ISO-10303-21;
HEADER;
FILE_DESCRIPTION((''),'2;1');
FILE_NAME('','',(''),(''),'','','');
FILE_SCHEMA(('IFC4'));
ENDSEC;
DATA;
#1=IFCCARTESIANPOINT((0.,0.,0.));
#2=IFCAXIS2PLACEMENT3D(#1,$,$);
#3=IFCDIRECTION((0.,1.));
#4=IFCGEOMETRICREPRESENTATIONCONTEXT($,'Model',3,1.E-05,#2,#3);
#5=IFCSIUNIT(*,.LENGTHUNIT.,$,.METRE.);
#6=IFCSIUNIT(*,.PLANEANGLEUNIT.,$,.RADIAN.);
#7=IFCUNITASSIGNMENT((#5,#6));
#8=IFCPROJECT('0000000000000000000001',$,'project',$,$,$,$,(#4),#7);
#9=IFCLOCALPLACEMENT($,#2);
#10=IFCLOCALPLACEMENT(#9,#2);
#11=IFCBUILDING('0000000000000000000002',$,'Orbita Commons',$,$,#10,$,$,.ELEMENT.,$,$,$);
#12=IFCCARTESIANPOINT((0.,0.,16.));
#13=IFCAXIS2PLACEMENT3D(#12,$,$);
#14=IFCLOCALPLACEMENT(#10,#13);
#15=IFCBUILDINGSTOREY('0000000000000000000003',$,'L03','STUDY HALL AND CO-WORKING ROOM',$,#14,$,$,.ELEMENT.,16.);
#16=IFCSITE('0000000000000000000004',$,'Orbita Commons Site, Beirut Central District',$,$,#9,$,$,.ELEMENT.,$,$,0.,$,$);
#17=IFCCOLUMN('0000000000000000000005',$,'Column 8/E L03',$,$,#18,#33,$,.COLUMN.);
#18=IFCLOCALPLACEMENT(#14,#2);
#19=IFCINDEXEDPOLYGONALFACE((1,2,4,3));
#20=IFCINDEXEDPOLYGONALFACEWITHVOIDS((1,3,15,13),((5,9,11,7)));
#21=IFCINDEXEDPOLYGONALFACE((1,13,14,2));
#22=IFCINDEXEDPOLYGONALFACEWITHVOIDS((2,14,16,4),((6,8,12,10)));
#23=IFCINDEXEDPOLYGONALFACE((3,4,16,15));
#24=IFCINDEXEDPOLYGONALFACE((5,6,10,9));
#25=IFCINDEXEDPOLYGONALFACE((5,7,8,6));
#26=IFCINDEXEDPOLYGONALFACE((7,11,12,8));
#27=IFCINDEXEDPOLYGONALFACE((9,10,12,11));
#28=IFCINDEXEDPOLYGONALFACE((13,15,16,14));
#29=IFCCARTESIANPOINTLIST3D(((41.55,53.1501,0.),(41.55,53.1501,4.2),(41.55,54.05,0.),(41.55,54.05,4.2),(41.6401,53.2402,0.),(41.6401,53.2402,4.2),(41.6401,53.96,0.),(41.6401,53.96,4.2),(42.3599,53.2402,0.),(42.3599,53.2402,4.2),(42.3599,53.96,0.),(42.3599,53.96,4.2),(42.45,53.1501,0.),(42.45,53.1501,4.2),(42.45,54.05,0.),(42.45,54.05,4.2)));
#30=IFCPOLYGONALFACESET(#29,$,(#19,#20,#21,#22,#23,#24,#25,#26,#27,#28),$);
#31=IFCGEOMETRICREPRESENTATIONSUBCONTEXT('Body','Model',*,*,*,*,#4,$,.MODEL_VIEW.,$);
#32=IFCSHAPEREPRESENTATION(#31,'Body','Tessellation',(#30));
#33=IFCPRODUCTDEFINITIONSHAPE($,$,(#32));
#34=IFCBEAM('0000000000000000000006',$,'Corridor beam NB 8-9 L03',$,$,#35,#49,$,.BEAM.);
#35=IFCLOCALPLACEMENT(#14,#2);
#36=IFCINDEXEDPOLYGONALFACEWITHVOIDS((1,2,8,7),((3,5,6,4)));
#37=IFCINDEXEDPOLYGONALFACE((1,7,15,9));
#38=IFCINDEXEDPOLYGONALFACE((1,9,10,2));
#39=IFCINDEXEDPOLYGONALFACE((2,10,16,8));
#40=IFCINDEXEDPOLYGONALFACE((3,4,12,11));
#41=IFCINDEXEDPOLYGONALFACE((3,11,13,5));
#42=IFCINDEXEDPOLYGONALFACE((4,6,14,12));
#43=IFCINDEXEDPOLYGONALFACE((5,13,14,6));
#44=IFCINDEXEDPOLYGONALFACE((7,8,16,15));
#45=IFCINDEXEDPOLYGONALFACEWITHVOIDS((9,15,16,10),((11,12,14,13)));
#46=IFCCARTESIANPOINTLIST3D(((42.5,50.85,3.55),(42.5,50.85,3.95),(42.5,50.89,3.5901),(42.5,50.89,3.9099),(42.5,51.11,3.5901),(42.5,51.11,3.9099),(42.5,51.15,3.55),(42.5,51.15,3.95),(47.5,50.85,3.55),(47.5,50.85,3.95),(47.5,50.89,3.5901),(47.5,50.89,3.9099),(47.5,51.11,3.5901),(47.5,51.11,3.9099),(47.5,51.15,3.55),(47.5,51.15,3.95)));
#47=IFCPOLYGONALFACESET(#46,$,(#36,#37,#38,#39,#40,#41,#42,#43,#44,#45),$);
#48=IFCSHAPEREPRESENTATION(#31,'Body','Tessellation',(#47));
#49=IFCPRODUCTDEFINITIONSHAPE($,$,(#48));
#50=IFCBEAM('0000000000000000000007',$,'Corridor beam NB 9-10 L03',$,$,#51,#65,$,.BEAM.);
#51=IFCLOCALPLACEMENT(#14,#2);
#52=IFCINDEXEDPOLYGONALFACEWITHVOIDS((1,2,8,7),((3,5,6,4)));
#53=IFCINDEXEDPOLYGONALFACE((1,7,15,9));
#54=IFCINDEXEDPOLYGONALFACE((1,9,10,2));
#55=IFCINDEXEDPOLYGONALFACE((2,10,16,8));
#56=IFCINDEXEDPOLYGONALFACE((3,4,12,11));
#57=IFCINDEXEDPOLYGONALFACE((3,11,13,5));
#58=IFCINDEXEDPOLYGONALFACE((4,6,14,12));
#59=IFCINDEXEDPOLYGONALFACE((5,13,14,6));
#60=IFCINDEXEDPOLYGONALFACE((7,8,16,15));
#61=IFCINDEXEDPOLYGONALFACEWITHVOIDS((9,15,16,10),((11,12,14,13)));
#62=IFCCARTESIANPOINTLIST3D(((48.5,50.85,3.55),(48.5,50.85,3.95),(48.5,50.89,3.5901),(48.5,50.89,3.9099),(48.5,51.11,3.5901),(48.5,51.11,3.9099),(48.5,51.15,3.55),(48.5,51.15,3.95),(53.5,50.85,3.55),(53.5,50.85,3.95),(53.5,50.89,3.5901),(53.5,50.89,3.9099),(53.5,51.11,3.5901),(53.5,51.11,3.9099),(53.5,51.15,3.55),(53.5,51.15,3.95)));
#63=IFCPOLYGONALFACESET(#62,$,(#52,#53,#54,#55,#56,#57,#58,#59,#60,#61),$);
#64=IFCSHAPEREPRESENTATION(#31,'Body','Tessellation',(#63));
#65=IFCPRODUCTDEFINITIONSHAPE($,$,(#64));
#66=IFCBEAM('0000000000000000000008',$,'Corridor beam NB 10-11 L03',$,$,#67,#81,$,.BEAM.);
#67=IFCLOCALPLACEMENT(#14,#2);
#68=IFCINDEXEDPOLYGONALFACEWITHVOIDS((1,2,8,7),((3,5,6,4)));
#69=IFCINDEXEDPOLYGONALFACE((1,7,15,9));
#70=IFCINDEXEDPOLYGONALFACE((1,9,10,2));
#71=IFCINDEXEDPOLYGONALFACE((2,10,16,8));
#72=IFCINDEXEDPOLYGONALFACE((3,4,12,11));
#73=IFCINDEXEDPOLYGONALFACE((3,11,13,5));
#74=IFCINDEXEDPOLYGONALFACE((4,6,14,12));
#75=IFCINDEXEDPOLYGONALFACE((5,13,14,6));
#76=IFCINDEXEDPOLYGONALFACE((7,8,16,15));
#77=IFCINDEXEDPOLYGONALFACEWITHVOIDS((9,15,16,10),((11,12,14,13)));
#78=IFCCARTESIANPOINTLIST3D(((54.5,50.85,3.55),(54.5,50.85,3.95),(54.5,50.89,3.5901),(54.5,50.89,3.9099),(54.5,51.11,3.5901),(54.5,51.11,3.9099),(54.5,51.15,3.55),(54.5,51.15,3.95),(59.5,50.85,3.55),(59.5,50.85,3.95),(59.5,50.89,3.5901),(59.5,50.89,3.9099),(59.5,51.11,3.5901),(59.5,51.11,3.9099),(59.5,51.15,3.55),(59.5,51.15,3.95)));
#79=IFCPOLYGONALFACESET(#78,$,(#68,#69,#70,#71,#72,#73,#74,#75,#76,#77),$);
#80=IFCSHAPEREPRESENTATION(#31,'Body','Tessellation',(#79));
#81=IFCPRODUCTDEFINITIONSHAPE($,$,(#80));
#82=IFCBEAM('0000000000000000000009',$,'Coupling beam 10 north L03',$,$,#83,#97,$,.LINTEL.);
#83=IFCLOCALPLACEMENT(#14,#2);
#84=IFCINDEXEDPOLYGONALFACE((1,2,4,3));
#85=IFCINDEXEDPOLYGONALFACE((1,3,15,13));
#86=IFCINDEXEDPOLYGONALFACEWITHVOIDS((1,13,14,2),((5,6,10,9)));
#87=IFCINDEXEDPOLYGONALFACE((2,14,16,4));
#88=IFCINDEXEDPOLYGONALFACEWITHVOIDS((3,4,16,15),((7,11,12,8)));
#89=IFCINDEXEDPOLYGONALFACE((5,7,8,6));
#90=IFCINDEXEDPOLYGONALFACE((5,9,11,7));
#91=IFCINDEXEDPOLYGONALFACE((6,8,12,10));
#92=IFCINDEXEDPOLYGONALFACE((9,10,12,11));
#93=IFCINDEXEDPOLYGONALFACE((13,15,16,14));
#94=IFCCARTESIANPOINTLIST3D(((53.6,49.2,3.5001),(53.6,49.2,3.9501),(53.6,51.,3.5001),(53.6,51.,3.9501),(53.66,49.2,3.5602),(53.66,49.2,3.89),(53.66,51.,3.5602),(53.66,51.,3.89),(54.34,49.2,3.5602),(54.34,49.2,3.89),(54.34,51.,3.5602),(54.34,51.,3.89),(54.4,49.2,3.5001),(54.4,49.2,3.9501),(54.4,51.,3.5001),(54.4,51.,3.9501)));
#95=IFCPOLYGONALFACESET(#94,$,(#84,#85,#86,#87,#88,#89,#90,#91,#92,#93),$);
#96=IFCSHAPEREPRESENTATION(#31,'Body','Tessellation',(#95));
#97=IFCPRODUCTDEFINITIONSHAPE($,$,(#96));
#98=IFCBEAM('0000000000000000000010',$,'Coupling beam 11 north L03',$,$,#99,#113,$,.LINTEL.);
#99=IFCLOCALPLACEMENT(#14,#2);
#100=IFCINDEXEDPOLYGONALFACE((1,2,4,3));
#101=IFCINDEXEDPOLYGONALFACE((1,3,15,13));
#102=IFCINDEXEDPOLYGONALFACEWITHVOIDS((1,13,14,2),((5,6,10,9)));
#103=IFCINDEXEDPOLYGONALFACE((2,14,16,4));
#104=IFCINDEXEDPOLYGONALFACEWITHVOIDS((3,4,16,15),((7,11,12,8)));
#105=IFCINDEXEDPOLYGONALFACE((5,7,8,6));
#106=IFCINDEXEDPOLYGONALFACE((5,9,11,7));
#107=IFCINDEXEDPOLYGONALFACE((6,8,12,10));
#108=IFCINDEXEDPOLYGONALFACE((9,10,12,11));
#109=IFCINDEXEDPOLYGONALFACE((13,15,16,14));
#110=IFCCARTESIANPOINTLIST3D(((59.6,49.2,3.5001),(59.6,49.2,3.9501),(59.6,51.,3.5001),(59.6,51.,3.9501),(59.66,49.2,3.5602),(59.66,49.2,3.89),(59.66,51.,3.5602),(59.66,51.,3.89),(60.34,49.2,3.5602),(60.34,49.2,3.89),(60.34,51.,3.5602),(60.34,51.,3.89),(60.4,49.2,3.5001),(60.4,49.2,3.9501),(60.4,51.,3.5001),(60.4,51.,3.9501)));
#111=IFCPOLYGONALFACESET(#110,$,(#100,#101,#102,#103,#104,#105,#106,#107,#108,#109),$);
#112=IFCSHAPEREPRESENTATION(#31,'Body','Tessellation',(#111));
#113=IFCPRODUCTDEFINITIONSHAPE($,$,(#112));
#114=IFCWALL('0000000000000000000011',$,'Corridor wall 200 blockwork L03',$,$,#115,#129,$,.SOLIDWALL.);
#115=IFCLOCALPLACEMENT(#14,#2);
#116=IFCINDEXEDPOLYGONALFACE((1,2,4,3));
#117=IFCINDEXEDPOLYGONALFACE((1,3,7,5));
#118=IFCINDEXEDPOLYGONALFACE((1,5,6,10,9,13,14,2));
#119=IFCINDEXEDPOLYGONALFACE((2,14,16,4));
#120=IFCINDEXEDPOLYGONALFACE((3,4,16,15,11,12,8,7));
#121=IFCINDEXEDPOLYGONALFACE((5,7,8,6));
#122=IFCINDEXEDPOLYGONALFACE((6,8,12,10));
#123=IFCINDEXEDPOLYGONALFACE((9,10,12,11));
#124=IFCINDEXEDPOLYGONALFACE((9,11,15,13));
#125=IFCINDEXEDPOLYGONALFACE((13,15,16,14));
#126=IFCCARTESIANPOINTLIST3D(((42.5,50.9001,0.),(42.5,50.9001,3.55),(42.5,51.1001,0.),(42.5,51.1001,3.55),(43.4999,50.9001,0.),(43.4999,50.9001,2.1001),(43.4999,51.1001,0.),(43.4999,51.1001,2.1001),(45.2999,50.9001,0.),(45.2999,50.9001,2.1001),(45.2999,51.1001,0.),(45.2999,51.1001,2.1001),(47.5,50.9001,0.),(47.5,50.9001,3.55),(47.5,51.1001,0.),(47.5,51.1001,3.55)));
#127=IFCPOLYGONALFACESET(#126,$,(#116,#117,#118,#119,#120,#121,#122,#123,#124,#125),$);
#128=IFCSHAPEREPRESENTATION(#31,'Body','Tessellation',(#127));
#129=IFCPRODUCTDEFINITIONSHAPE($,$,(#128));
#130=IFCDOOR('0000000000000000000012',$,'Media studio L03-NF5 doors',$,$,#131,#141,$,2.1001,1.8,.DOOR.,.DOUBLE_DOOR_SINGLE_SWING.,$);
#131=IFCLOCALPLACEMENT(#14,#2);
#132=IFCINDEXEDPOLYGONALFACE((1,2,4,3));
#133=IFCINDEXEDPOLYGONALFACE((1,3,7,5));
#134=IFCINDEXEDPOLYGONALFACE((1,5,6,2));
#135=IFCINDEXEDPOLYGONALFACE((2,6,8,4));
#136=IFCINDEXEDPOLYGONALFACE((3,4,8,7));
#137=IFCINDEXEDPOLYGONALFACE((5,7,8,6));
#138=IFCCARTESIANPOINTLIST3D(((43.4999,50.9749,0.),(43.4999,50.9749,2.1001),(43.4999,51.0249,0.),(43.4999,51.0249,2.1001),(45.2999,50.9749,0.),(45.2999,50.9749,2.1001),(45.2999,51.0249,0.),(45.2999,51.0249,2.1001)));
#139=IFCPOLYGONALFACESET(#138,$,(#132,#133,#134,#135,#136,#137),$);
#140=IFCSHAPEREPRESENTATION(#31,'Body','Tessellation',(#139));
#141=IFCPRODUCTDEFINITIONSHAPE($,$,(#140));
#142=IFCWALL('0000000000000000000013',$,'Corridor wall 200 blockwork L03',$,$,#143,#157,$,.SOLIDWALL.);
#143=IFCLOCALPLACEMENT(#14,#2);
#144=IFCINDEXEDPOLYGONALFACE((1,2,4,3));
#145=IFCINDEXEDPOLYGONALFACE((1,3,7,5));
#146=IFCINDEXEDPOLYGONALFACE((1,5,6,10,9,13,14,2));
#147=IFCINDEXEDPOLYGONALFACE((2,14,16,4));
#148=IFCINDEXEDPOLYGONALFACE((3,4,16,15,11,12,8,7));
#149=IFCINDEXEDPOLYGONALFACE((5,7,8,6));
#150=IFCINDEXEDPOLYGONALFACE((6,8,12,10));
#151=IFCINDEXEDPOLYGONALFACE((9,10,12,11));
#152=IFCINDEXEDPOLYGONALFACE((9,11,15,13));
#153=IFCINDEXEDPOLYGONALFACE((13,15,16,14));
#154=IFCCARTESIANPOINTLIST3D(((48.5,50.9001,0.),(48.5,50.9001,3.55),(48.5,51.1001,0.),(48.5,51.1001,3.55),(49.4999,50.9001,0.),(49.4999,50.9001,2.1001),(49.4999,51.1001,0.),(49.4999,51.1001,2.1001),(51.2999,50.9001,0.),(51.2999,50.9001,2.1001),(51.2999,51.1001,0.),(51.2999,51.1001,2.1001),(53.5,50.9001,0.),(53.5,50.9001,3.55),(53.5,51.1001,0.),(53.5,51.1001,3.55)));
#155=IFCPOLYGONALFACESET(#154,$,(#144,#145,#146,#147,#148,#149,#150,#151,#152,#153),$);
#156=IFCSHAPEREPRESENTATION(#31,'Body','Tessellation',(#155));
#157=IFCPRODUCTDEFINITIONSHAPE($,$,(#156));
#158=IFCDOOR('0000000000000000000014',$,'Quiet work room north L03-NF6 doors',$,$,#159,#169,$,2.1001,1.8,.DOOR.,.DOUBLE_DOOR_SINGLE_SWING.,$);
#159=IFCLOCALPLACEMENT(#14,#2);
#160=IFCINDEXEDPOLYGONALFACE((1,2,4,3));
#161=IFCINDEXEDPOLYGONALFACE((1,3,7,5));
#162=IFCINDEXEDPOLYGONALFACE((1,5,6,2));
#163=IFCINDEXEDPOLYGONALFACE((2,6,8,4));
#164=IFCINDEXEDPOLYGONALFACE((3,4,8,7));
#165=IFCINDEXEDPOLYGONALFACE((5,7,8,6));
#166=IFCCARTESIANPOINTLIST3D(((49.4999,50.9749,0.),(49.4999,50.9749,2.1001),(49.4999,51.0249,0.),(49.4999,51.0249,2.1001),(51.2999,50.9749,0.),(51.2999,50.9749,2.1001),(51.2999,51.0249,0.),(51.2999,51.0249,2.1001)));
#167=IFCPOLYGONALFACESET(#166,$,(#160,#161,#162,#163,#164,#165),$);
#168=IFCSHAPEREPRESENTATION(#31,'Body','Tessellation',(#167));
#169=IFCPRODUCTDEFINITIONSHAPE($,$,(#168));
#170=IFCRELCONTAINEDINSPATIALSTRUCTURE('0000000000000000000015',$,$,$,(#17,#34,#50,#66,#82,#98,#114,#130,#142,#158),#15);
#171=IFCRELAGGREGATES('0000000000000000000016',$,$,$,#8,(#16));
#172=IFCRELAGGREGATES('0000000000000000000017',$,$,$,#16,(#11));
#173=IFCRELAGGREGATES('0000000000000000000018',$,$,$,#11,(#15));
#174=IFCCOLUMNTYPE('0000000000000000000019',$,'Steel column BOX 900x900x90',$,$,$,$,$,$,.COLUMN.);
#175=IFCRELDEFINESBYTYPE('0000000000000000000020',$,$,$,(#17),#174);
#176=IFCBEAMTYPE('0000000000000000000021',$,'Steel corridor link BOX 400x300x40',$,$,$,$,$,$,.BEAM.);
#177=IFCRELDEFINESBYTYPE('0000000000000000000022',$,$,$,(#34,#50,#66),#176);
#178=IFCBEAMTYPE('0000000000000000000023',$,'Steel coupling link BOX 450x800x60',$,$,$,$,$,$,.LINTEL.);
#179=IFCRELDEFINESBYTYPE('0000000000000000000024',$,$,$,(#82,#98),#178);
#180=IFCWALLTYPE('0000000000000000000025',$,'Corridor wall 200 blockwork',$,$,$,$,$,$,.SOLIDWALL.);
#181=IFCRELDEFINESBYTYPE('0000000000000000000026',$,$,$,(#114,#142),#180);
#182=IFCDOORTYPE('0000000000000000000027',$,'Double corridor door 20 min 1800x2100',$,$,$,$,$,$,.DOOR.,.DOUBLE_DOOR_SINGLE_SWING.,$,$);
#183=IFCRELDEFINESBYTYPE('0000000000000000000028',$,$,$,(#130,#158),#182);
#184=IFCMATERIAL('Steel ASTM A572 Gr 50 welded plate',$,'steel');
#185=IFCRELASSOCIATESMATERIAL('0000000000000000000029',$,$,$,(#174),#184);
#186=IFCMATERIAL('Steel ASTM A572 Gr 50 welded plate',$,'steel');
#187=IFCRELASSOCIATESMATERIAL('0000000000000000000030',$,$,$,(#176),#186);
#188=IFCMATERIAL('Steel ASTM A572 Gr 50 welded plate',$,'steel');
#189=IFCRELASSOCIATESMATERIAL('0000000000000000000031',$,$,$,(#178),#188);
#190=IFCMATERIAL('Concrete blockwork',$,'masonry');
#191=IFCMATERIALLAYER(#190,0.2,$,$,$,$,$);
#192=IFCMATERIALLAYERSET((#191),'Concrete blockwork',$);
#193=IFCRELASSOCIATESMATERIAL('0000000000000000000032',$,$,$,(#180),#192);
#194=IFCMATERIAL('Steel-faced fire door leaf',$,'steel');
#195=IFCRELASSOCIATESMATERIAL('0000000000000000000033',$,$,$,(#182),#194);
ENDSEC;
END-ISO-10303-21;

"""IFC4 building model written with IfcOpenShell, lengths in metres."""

from ifc_helpers import new_model, si_unit, direction, frame, frame_2d, origin, origin_2d, place, context, subcontext, project, spatial, polyline, rectangle, hollow_rectangle, outline, extrude, material, layer, layer_set, material_profile, profile_set, type_object, element, fill, save


model = new_model("IFC4")

# Units and contexts
model_context = context("Model", 3, precision=1e-05, world=origin(), true_north=direction((0.0, 1.0)))
body_context = subcontext(model_context, "Body", "Model", "MODEL_VIEW")
ifc_project = project(units=[si_unit("LENGTHUNIT", "METRE"), si_unit("PLANEANGLEUNIT", "RADIAN")], contexts=[model_context])

# Site, building, storey
site_placement = place(None, origin())
site = spatial("IfcSite", under=ifc_project, at=site_placement, Name="Orbita Commons Site, Beirut Central District", CompositionType="ELEMENT", RefElevation=0.0)
building_placement = place(site_placement, origin())
building = spatial("IfcBuilding", under=site, at=building_placement, Name="Orbita Commons", CompositionType="ELEMENT")
storey_placement = place(building_placement, frame((0.0, 0.0, 16.0)))
storey = spatial("IfcBuildingStorey", under=building, at=storey_placement, Name="L03", Description="STUDY HALL AND CO-WORKING ROOM", CompositionType="ELEMENT", Elevation=16.0)

# Column
ifc_material_1 = material(Name="Steel ASTM A572 Gr 50 welded plate", Category="steel")
ifc_material_profile_1 = material_profile(ifc_material_1, hollow_rectangle(XDim=0.8999, YDim=0.8999, WallThickness=0.0901, at=origin_2d()), Name="BOX 900x900x90")
ifc_profile_set_1 = profile_set([ifc_material_profile_1], Name="Steel ASTM A572 Gr 50 welded plate")
column_type = type_object("IfcColumnType", Name="Steel column BOX 900x900x90", PredefinedType="COLUMN", material=ifc_profile_set_1)
column_placement = place(storey_placement, frame((42.0, 53.6001, 0.0), z_axis=(0.0, 0.0, 1.0), x_axis=(1.0, 0.0, 0.0)))
element("IfcColumn", 1, at=column_placement, inside=storey, type_object=column_type, Name="Column 8/E L03", PredefinedType="COLUMN", context=body_context, shape_type="SweptSolid", body=[
    extrude(hollow_rectangle(XDim=0.8999, YDim=0.8999, WallThickness=0.0901, at=origin_2d()), origin(), (0.0, 0.0, 1.0), 4.2),
])

# Beams
ifc_material_2 = material(Name="Steel ASTM A572 Gr 50 welded plate", Category="steel")
ifc_material_profile_2 = material_profile(ifc_material_2, hollow_rectangle(XDim=0.3, YDim=0.3999, WallThickness=0.04, at=origin_2d()), Name="BOX 400x300x40")
ifc_profile_set_2 = profile_set([ifc_material_profile_2], Name="Steel ASTM A572 Gr 50 welded plate")
beam_type_1 = type_object("IfcBeamType", Name="Steel corridor link BOX 400x300x40", PredefinedType="BEAM", material=ifc_profile_set_2)
for number, where, z_axis, x_axis, name in (
    (2, (42.5, 51.0, 3.75), (1.0, 0.0, 0.0), (0.0, 1.0, 0.0), "Corridor beam NB 8-9 L03"),
    (3, (48.5, 51.0, 3.75), (1.0, 0.0, 0.0), (0.0, 1.0, 0.0), "Corridor beam NB 9-10 L03"),
    (4, (54.5, 51.0, 3.75), (1.0, 0.0, 0.0), (0.0, 1.0, 0.0), "Corridor beam NB 10-11 L03"),
):
    element("IfcBeam", number, at=place(storey_placement, frame(where, z_axis=z_axis, x_axis=x_axis)), inside=storey, type_object=beam_type_1, Name=name, PredefinedType="BEAM", context=body_context, shape_type="SweptSolid", body=[
        extrude(hollow_rectangle(XDim=0.3, YDim=0.3999, WallThickness=0.04, at=origin_2d()), origin(), (0.0, 0.0, 1.0), 5.0),
    ])
ifc_material_3 = material(Name="Steel ASTM A572 Gr 50 welded plate", Category="steel")
ifc_material_profile_3 = material_profile(ifc_material_3, hollow_rectangle(XDim=0.8, YDim=0.45, WallThickness=0.0601, at=origin_2d()), Name="BOX 450x800x60")
ifc_profile_set_3 = profile_set([ifc_material_profile_3], Name="Steel ASTM A572 Gr 50 welded plate")
beam_type_2 = type_object("IfcBeamType", Name="Steel coupling link BOX 450x800x60", PredefinedType="LINTEL", material=ifc_profile_set_3)
for number, where, z_axis, x_axis, name in (
    (5, (54.0, 49.2, 3.7251), (0.0, 1.0, 0.0), (-1.0, 0.0, 0.0), "Coupling beam 10 north L03"),
    (6, (60.0, 49.2, 3.7251), (0.0, 1.0, 0.0), (-1.0, 0.0, 0.0), "Coupling beam 11 north L03"),
):
    element("IfcBeam", number, at=place(storey_placement, frame(where, z_axis=z_axis, x_axis=x_axis)), inside=storey, type_object=beam_type_2, Name=name, PredefinedType="LINTEL", context=body_context, shape_type="SweptSolid", body=[
        extrude(hollow_rectangle(XDim=0.8, YDim=0.45, WallThickness=0.0601, at=origin_2d()), origin(), (0.0, 0.0, 1.0), 1.8),
    ])

# Walls, openings, doors
ifc_material_4 = material(Name="Concrete blockwork", Category="masonry")
ifc_layer_1 = layer(ifc_material_4, 0.2)
ifc_layer_set_1 = layer_set([ifc_layer_1], Name="Concrete blockwork")
wall_type_1 = type_object("IfcWallType", Name="Corridor wall 200 blockwork", PredefinedType="SOLIDWALL", material=ifc_layer_set_1)
wall_1_placement = place(storey_placement, frame((42.5, 51.0, 0.0), z_axis=(0.0, 0.0, 1.0), x_axis=(1.0, 0.0, 0.0)))
wall_1 = element("IfcWall", 7, at=wall_1_placement, inside=storey, type_object=wall_type_1, Name="Corridor wall 200 blockwork L03", PredefinedType="SOLIDWALL", context=body_context, shape_type="SweptSolid", body=[
    extrude(outline(polyline([(0.0, 0.0), (5.0, 0.0), (5.0, 3.55), (0.0, 3.55), (0.0, 0.0)])), frame((0.0, 0.1001, 0.0), z_axis=(0.0, -1.0, 0.0), x_axis=(1.0, 0.0, 0.0)), (0.0, 0.0, 1.0), 0.2),
])
opening_1_placement = place(wall_1_placement, frame((1.0, 0.0, 0.0)))
opening_1 = element("IfcOpeningElement", 8, at=opening_1_placement, cuts=wall_1, PredefinedType="OPENING", context=body_context, shape_type="SweptSolid", body=[
    extrude(rectangle(XDim=1.8, YDim=2.1001, at=frame_2d((0.8999, 1.05))), frame((0.0, 0.1099, 0.0), z_axis=(0.0, -1.0, 0.0), x_axis=(1.0, 0.0, 0.0)), (0.0, 0.0, 1.0), 0.22),
])
ifc_material_5 = material(Name="Steel-faced fire door leaf", Category="steel")
door_type_1 = type_object("IfcDoorType", Name="Double corridor door 20 min 1800x2100", OperationType="DOUBLE_DOOR_SINGLE_SWING", PredefinedType="DOOR", material=ifc_material_5)
door_1_placement = place(opening_1_placement, origin())
door_1 = element("IfcDoor", 9, at=door_1_placement, inside=storey, type_object=door_type_1, Name="Media studio L03-NF5 doors", OperationType="DOUBLE_DOOR_SINGLE_SWING", OverallHeight=2.1001, OverallWidth=1.8, PredefinedType="DOOR", context=body_context, shape_type="SweptSolid", body=[
    extrude(rectangle(XDim=1.8, YDim=2.1001, at=frame_2d((0.8999, 1.05))), frame((0.0, 0.0249, 0.0), z_axis=(0.0, -1.0, 0.0), x_axis=(1.0, 0.0, 0.0)), (0.0, 0.0, 1.0), 0.05),
])
fill(opening_1, door_1)
wall_2_placement = place(storey_placement, frame((48.5, 51.0, 0.0), z_axis=(0.0, 0.0, 1.0), x_axis=(1.0, 0.0, 0.0)))
wall_2 = element("IfcWall", 10, at=wall_2_placement, inside=storey, type_object=wall_type_1, Name="Corridor wall 200 blockwork L03", PredefinedType="SOLIDWALL", context=body_context, shape_type="SweptSolid", body=[
    extrude(outline(polyline([(0.0, 0.0), (5.0, 0.0), (5.0, 3.55), (0.0, 3.55), (0.0, 0.0)])), frame((0.0, 0.1001, 0.0), z_axis=(0.0, -1.0, 0.0), x_axis=(1.0, 0.0, 0.0)), (0.0, 0.0, 1.0), 0.2),
])
opening_2_placement = place(wall_2_placement, frame((1.0, 0.0, 0.0)))
opening_2 = element("IfcOpeningElement", 11, at=opening_2_placement, cuts=wall_2, PredefinedType="OPENING", context=body_context, shape_type="SweptSolid", body=[
    extrude(rectangle(XDim=1.8, YDim=2.1001, at=frame_2d((0.8999, 1.05))), frame((0.0, 0.1099, 0.0), z_axis=(0.0, -1.0, 0.0), x_axis=(1.0, 0.0, 0.0)), (0.0, 0.0, 1.0), 0.22),
])
door_2_placement = place(opening_2_placement, origin())
door_2 = element("IfcDoor", 12, at=door_2_placement, inside=storey, type_object=door_type_1, Name="Quiet work room north L03-NF6 doors", OperationType="DOUBLE_DOOR_SINGLE_SWING", OverallHeight=2.1001, OverallWidth=1.8, PredefinedType="DOOR", context=body_context, shape_type="SweptSolid", body=[
    extrude(rectangle(XDim=1.8, YDim=2.1001, at=frame_2d((0.8999, 1.05))), frame((0.0, 0.0249, 0.0), z_axis=(0.0, -1.0, 0.0), x_axis=(1.0, 0.0, 0.0)), (0.0, 0.0, 1.0), 0.05),
])
fill(opening_2, door_2)

save(model, "model.ifc")
